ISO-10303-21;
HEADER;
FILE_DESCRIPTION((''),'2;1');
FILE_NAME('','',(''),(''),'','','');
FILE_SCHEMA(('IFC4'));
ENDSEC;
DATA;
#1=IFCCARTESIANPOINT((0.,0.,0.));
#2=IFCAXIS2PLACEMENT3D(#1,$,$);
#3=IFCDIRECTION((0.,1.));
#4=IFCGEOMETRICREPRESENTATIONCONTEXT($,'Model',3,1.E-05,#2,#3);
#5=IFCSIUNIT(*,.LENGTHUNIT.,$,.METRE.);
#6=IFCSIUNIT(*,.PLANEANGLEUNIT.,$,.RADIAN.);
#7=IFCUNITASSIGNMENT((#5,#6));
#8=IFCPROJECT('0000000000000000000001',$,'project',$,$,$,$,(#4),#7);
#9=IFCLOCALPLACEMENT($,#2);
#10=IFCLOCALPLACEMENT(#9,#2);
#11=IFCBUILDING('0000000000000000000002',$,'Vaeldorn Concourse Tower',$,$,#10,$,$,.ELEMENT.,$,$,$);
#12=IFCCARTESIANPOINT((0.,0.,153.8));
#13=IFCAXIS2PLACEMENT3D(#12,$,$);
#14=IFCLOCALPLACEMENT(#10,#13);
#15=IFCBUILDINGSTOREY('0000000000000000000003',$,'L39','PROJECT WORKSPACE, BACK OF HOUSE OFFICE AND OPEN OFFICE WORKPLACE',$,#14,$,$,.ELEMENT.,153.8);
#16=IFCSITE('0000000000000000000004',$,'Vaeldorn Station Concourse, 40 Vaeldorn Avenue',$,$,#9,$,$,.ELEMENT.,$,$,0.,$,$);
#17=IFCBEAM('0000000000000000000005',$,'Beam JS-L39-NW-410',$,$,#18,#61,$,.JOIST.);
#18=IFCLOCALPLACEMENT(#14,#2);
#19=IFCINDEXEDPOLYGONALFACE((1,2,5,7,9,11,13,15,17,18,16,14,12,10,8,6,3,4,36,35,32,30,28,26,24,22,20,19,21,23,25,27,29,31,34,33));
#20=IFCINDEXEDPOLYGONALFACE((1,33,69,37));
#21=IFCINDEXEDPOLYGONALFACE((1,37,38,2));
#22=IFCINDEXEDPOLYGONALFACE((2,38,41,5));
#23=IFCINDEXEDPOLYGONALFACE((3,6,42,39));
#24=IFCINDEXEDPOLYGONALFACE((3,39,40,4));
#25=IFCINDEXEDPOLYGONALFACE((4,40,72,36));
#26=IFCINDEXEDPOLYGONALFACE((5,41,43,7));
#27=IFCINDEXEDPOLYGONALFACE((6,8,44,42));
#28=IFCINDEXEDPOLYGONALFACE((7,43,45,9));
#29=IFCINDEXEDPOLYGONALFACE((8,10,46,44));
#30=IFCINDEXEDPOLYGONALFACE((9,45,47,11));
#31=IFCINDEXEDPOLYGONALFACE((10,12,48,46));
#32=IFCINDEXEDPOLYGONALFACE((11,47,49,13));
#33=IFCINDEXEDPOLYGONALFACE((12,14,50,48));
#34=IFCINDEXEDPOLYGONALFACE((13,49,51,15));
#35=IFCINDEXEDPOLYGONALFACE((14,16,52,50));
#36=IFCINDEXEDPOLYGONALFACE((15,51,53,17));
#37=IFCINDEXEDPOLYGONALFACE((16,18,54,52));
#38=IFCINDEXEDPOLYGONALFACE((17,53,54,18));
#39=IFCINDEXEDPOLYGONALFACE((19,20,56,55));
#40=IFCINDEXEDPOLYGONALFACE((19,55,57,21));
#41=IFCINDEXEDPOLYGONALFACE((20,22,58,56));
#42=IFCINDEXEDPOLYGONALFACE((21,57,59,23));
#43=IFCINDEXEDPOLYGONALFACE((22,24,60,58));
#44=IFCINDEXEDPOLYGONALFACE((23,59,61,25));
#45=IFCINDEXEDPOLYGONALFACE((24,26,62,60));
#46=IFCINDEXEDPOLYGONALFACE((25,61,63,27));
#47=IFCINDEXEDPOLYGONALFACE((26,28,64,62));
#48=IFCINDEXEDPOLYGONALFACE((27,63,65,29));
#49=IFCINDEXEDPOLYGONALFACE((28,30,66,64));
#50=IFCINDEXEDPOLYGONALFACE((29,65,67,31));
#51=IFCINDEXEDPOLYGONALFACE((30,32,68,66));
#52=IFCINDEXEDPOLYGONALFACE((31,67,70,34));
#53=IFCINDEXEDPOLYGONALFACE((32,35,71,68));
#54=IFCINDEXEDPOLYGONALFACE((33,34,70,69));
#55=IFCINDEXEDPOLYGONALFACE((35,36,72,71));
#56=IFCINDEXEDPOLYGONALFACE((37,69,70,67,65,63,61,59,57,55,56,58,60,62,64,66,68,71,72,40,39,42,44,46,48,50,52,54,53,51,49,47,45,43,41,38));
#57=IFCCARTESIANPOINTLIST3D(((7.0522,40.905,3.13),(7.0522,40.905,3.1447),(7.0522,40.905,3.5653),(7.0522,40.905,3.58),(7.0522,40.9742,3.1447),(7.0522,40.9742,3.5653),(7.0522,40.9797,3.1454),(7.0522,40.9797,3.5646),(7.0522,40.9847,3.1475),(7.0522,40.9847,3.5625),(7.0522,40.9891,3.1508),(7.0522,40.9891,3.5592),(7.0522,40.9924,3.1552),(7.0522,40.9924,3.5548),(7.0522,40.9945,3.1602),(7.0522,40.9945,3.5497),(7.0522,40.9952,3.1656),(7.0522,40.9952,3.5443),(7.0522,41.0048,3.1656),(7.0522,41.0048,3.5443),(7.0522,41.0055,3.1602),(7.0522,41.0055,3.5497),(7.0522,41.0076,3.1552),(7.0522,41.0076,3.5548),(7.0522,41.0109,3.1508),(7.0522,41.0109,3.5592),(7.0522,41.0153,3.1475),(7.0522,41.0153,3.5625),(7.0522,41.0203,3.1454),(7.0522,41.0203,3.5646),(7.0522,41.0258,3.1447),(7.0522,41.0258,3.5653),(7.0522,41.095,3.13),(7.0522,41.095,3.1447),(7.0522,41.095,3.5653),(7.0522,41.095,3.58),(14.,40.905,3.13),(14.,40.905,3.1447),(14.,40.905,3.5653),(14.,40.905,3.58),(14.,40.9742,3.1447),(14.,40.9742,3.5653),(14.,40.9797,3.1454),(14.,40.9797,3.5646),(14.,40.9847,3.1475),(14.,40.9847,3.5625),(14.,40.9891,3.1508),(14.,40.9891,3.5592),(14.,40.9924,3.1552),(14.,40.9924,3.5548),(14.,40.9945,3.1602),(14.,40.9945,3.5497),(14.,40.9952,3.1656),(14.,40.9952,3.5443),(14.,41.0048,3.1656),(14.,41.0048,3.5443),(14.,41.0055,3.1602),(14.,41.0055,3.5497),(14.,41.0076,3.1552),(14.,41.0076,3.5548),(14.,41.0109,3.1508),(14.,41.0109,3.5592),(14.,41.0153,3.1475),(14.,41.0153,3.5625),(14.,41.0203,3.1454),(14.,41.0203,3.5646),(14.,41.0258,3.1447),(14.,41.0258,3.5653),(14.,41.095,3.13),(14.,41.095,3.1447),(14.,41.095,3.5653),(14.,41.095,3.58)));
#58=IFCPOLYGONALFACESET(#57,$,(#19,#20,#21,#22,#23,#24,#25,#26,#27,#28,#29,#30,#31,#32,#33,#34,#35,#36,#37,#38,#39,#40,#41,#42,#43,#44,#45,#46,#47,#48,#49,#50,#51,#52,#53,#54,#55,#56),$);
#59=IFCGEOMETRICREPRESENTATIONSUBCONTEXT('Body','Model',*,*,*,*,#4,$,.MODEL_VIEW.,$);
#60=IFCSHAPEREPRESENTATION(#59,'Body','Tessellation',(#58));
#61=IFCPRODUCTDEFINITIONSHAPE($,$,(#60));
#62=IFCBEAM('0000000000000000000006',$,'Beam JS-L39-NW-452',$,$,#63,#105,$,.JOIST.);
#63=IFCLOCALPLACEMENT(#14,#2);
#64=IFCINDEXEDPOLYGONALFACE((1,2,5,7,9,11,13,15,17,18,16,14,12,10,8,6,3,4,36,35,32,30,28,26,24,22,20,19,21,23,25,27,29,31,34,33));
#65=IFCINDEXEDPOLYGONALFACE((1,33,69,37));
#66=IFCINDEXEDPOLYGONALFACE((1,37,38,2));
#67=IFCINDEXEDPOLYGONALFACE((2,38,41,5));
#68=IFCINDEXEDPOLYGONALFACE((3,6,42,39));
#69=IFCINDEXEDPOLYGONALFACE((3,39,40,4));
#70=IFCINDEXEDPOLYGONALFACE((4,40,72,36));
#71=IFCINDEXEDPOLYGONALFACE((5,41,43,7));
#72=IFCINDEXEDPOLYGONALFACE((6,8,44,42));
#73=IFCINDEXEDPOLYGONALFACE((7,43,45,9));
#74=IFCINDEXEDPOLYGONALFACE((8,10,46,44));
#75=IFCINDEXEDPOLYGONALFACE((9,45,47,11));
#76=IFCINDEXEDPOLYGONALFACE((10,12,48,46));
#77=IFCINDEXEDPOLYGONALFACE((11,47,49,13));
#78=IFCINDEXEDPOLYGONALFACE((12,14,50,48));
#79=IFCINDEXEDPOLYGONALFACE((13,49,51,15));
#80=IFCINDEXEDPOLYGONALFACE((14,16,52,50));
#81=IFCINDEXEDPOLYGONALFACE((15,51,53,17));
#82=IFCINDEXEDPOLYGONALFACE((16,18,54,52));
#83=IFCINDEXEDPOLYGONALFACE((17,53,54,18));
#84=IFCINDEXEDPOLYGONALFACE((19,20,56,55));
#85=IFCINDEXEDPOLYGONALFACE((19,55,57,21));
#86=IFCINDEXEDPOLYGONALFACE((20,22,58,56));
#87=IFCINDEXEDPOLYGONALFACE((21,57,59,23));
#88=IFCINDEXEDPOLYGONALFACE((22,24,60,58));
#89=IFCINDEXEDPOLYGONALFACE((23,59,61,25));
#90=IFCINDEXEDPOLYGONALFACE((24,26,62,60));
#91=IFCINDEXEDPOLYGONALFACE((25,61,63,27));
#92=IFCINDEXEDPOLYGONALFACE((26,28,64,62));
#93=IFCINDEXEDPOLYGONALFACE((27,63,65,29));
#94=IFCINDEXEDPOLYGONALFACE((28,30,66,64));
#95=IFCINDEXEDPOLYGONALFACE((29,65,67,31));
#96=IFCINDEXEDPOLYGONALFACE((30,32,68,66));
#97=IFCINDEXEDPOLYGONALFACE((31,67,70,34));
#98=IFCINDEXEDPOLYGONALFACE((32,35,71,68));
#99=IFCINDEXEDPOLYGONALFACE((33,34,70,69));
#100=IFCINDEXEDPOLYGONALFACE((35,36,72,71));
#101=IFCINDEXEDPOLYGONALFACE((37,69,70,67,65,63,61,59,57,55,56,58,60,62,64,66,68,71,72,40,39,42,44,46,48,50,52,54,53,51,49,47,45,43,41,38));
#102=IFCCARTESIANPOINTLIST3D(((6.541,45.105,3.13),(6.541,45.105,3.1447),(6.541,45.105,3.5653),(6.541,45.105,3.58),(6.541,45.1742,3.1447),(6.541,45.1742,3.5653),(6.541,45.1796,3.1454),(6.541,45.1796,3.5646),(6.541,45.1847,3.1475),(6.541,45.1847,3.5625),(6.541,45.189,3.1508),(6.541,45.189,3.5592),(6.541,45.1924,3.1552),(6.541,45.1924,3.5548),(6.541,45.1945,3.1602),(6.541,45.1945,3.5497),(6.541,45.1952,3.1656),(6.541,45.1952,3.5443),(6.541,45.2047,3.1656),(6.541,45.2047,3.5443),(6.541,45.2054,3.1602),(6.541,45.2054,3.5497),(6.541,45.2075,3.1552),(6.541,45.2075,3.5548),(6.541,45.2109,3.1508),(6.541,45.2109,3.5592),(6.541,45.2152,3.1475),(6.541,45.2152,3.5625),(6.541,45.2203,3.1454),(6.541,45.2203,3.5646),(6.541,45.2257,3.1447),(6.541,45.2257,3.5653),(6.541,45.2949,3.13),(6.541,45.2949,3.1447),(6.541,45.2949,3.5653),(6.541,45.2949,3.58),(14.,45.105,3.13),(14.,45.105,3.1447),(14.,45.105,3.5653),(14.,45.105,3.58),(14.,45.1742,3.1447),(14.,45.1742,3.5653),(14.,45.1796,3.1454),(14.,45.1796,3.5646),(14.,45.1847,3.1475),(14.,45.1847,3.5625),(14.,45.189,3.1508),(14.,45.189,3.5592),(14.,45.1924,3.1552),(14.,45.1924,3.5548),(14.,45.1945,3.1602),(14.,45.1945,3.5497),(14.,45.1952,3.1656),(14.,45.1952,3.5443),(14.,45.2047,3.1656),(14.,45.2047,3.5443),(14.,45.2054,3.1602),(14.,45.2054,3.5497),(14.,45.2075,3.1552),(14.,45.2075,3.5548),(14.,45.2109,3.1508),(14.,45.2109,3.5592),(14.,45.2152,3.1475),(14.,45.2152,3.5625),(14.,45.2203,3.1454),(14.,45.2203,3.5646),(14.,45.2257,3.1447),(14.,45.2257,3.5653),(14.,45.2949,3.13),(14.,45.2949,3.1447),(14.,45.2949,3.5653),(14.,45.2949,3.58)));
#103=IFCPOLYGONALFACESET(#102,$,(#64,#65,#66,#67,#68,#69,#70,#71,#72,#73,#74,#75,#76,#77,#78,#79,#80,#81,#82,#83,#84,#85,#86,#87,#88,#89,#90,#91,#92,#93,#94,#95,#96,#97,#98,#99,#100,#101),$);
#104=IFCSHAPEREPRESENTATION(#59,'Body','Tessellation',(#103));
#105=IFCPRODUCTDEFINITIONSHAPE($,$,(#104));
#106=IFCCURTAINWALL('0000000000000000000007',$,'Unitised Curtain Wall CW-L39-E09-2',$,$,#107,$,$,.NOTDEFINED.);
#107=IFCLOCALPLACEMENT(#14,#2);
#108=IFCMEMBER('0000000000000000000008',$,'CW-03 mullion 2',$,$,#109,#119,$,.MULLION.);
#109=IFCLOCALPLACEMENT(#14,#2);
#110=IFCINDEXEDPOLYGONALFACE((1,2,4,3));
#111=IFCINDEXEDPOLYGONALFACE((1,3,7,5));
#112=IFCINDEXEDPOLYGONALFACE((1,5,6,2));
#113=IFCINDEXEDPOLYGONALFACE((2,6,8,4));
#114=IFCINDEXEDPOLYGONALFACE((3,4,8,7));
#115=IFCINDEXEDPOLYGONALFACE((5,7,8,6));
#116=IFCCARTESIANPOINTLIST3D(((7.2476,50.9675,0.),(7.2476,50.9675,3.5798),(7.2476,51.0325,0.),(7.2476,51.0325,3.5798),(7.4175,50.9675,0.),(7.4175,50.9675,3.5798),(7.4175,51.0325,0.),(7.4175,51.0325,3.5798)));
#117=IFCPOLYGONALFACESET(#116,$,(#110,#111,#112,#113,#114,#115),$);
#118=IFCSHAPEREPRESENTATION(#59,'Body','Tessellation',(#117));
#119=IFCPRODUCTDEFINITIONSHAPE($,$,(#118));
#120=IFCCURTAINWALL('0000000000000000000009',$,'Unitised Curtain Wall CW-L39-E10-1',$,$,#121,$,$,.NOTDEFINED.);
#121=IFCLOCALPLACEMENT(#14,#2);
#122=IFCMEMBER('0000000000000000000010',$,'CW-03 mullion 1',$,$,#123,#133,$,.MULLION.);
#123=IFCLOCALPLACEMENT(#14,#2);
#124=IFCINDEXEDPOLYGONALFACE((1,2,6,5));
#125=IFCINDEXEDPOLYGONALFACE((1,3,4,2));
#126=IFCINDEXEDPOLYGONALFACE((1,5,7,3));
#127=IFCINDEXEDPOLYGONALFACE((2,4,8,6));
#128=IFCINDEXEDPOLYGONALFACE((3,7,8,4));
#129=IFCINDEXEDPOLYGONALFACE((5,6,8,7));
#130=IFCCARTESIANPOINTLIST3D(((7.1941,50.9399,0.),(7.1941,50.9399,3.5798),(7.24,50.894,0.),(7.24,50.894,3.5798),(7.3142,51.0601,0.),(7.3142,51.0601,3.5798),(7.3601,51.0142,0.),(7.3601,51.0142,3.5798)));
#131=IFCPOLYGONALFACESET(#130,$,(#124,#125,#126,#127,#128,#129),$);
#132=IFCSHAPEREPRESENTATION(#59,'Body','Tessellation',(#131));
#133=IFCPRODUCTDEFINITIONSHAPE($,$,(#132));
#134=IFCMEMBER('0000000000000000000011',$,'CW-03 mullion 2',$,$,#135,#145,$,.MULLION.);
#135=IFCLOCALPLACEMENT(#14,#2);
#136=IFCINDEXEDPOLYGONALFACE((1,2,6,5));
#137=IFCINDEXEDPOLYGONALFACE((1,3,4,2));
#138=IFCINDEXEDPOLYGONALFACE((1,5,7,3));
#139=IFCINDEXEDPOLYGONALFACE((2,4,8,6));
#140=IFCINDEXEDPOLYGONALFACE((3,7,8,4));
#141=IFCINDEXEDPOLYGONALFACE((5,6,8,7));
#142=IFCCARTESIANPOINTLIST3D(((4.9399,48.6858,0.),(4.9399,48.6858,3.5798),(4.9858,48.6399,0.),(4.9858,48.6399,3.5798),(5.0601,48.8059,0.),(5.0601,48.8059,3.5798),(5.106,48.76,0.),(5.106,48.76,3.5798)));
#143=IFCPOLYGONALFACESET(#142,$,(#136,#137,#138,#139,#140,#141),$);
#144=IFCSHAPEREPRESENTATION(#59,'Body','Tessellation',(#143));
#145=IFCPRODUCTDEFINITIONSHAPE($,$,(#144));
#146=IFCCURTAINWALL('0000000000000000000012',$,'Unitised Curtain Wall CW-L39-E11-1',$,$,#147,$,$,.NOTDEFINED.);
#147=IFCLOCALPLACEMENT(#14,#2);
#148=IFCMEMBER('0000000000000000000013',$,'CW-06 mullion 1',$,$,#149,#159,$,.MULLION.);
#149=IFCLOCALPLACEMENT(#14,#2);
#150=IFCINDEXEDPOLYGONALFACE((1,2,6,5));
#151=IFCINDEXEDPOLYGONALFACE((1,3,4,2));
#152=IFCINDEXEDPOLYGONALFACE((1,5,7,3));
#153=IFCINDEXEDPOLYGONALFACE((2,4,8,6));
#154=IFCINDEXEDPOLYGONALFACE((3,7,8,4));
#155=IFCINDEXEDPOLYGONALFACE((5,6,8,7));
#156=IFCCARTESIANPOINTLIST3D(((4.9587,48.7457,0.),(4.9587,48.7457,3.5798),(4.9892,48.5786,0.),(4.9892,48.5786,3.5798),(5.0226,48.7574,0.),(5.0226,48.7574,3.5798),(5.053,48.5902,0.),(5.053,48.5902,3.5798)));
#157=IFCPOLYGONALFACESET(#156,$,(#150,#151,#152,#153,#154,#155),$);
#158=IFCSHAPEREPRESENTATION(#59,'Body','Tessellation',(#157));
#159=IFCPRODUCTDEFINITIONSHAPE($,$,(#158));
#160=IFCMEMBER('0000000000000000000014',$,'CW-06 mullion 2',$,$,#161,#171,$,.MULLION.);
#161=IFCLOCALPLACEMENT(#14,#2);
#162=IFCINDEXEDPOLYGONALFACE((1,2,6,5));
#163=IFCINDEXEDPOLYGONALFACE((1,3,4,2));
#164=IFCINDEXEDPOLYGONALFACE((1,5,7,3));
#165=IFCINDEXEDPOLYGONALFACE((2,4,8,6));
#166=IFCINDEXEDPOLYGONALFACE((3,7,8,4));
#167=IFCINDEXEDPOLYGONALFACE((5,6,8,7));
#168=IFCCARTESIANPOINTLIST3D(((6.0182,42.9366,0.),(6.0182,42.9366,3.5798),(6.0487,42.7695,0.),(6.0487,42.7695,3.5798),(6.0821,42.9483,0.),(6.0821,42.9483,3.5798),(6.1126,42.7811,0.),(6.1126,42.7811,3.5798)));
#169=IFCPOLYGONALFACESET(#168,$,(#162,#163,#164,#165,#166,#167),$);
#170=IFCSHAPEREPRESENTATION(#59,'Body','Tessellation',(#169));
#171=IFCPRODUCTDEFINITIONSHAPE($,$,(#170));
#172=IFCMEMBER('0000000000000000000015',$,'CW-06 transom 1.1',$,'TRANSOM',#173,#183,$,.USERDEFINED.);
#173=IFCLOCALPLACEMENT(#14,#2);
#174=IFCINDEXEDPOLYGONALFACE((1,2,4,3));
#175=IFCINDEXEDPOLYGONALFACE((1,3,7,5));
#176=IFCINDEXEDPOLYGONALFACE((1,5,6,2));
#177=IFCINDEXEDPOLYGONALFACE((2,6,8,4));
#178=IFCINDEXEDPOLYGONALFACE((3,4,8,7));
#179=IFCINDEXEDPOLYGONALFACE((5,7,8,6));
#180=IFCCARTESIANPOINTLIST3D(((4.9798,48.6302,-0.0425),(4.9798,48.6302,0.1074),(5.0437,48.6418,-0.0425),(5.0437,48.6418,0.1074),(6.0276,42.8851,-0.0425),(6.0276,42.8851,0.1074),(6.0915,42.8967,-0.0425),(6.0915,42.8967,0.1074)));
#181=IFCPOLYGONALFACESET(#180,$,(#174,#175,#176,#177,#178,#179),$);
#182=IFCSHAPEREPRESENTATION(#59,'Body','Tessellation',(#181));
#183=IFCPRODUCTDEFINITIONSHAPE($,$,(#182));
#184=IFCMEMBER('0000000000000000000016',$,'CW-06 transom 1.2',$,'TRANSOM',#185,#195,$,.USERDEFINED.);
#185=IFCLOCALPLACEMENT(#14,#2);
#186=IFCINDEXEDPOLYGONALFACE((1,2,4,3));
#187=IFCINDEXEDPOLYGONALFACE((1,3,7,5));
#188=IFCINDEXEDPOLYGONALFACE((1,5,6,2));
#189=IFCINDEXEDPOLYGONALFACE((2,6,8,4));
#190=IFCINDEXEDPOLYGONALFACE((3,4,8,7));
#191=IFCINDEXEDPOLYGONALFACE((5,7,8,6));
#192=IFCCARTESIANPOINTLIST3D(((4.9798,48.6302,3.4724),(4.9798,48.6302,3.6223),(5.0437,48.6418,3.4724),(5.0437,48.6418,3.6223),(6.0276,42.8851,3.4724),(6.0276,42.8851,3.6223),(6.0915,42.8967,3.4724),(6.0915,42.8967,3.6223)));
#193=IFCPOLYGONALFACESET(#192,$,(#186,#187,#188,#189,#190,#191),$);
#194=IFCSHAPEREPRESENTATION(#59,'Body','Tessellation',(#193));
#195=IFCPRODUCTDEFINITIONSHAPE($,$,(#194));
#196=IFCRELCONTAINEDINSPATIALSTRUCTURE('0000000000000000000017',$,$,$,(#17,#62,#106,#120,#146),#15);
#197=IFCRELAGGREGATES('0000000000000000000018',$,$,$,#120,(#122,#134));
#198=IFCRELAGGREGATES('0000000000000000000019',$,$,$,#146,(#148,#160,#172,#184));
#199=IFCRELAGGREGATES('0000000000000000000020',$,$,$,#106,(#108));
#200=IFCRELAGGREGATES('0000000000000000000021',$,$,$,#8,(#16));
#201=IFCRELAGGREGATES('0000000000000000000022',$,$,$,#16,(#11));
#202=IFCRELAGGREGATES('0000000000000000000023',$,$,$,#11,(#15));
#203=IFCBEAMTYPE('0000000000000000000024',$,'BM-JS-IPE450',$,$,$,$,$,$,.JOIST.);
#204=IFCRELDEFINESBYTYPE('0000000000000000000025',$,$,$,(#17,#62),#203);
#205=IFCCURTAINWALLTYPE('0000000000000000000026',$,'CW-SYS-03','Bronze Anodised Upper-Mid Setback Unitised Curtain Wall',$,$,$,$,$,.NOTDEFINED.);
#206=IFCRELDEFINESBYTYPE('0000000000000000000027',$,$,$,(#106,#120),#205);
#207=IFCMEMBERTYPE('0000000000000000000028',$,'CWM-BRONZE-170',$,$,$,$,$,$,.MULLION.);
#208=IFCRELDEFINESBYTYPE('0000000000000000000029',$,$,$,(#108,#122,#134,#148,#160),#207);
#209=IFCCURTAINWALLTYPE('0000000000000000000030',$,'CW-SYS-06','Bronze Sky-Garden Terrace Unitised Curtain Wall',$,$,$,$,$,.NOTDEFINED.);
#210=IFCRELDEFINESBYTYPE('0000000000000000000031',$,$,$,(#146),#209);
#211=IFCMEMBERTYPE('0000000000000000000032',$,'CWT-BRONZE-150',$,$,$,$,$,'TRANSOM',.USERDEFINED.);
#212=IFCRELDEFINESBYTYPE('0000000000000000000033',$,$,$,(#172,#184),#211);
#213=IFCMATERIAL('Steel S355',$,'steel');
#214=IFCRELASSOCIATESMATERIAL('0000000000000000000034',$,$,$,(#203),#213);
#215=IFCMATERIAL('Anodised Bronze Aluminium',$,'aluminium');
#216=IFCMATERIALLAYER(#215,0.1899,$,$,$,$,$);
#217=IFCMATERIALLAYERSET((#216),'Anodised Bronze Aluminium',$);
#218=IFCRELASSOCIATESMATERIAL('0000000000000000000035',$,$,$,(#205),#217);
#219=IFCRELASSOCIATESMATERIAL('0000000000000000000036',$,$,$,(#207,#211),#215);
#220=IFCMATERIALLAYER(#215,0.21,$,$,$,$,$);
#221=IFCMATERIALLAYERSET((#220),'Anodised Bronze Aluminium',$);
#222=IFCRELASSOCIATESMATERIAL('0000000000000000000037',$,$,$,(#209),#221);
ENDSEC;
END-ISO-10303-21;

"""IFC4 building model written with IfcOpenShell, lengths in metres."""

from ifc_helpers import new_model, si_unit, direction, frame, origin, origin_2d, place, context, subcontext, project, spatial, rectangle, i_section, extrude, source, transform, mapped, material, layer, layer_set, material_profile, profile_set, type_object, element, aggregate, save


model = new_model("IFC4")

# Units and contexts
model_context = context("Model", 3, precision=1e-05, world=origin(), true_north=direction((0.0, 1.0)))
body_context = subcontext(model_context, "Body", "Model", "MODEL_VIEW")
ifc_project = project(units=[si_unit("LENGTHUNIT", "METRE"), si_unit("PLANEANGLEUNIT", "RADIAN")], contexts=[model_context])

# Site, building, storey
site_placement = place(None, origin())
site = spatial("IfcSite", under=ifc_project, at=site_placement, Name="Vaeldorn Station Concourse, 40 Vaeldorn Avenue", CompositionType="ELEMENT", RefElevation=0.0)
building_placement = place(site_placement, origin())
building = spatial("IfcBuilding", under=site, at=building_placement, Name="Vaeldorn Concourse Tower", CompositionType="ELEMENT")
storey_placement = place(building_placement, frame((0.0, 0.0, 153.8)))
storey = spatial("IfcBuildingStorey", under=building, at=storey_placement, Name="L39", Description="PROJECT WORKSPACE, BACK OF HOUSE OFFICE AND OPEN OFFICE WORKPLACE", CompositionType="ELEMENT", Elevation=153.8)

# Beams
ifc_material_1 = material(Name="Steel S355", Category="steel")
ifc_material_profile_1 = material_profile(ifc_material_1, i_section(OverallWidth=0.1899, OverallDepth=0.45, WebThickness=0.0095, FlangeThickness=0.0146, FilletRadius=0.021, at=origin_2d()), Name="IPE 450")
ifc_profile_set_1 = profile_set([ifc_material_profile_1], Name="Steel S355")
beam_type_1 = type_object("IfcBeamType", Name="BM-JS-IPE450", PredefinedType="JOIST", material=ifc_profile_set_1)
shared_shape_1 = source(origin(), body_context, "Body", "SweptSolid", [
    extrude(i_section(OverallWidth=0.1899, OverallDepth=0.45, WebThickness=0.0095, FlangeThickness=0.0146, FilletRadius=0.021, at=origin_2d()), origin(), (0.0, 0.0, 1.0), 6.9478),
])
beam_1_placement = place(storey_placement, frame((7.0522, 41.0, 3.355), z_axis=(1.0, 0.0, 0.0), x_axis=(0.0, 1.0, 0.0)))
element("IfcBeam", 1, at=beam_1_placement, inside=storey, type_object=beam_type_1, Name="Beam JS-L39-NW-410", PredefinedType="JOIST", context=body_context, shape_type="MappedRepresentation", body=[
    mapped(shared_shape_1, transform((0.0, 0.0, 0.0), scale=1.0)),
])
shared_shape_2 = source(origin(), body_context, "Body", "SweptSolid", [
    extrude(i_section(OverallWidth=0.1899, OverallDepth=0.45, WebThickness=0.0095, FlangeThickness=0.0146, FilletRadius=0.021, at=origin_2d()), origin(), (0.0, 0.0, 1.0), 7.459),
])
beam_2_placement = place(storey_placement, frame((6.541, 45.2, 3.355), z_axis=(1.0, 0.0, 0.0), x_axis=(0.0, 1.0, 0.0)))
element("IfcBeam", 2, at=beam_2_placement, inside=storey, type_object=beam_type_1, Name="Beam JS-L39-NW-452", PredefinedType="JOIST", context=body_context, shape_type="MappedRepresentation", body=[
    mapped(shared_shape_2, transform((0.0, 0.0, 0.0), scale=1.0)),
])

# Curtain wall, member
ifc_material_2 = material(Name="Anodised Bronze Aluminium", Category="aluminium")
ifc_layer_1 = layer(ifc_material_2, 0.1899)
ifc_layer_set_1 = layer_set([ifc_layer_1], Name="Anodised Bronze Aluminium")
curtain_wall_type_1 = type_object("IfcCurtainWallType", Name="CW-SYS-03", Description="Bronze Anodised Upper-Mid Setback Unitised Curtain Wall", PredefinedType="NOTDEFINED", material=ifc_layer_set_1)
curtain_wall_1_placement = place(storey_placement, origin())
curtain_wall_1 = element("IfcCurtainWall", 3, at=curtain_wall_1_placement, inside=storey, type_object=curtain_wall_type_1, Name="Unitised Curtain Wall CW-L39-E09-2", PredefinedType="NOTDEFINED")
ifc_material_profile_2 = material_profile(ifc_material_2, rectangle(XDim=0.0649, YDim=0.1699, at=origin_2d()), Name="CWM 65x170")
ifc_profile_set_2 = profile_set([ifc_material_profile_2], Name="Anodised Bronze Aluminium")
member_type_1 = type_object("IfcMemberType", Name="CWM-BRONZE-170", PredefinedType="MULLION", material=ifc_profile_set_2)
shared_shape_3 = source(origin(), body_context, "Body", "SweptSolid", [
    extrude(rectangle(XDim=0.0649, YDim=0.1699, at=origin_2d()), origin(), (0.0, 0.0, 1.0), 3.5798),
])
member_1_placement = place(storey_placement, frame((7.3325, 51.0, 0.0), z_axis=(0.0, 0.0, 1.0), x_axis=(0.0, -1.0, 0.0)))
member_1 = element("IfcMember", 4, at=member_1_placement, type_object=member_type_1, Name="CW-03 mullion 2", PredefinedType="MULLION", context=body_context, shape_type="MappedRepresentation", body=[
    mapped(shared_shape_3, transform((0.0, 0.0, 0.0), scale=1.0)),
])

# Curtain walls, members
curtain_wall_2_placement = place(storey_placement, origin())
curtain_wall_2 = element("IfcCurtainWall", 5, at=curtain_wall_2_placement, inside=storey, type_object=curtain_wall_type_1, Name="Unitised Curtain Wall CW-L39-E10-1", PredefinedType="NOTDEFINED")
member_2_placement = place(storey_placement, frame((7.2771, 50.9771, 0.0), z_axis=(0.0, 0.0, 1.0), x_axis=(0.707107, -0.707107, 0.0)))
member_2 = element("IfcMember", 6, at=member_2_placement, type_object=member_type_1, Name="CW-03 mullion 1", PredefinedType="MULLION", context=body_context, shape_type="MappedRepresentation", body=[
    mapped(shared_shape_3, transform((0.0, 0.0, 0.0), scale=1.0)),
])
member_3_placement = place(storey_placement, frame((5.0229, 48.7229, 0.0), z_axis=(0.0, 0.0, 1.0), x_axis=(0.707107, -0.707107, 0.0)))
member_3 = element("IfcMember", 7, at=member_3_placement, type_object=member_type_1, Name="CW-03 mullion 2", PredefinedType="MULLION", context=body_context, shape_type="MappedRepresentation", body=[
    mapped(shared_shape_3, transform((0.0, 0.0, 0.0), scale=1.0)),
])
ifc_layer_2 = layer(ifc_material_2, 0.21)
ifc_layer_set_2 = layer_set([ifc_layer_2], Name="Anodised Bronze Aluminium")
curtain_wall_type_2 = type_object("IfcCurtainWallType", Name="CW-SYS-06", Description="Bronze Sky-Garden Terrace Unitised Curtain Wall", PredefinedType="NOTDEFINED", material=ifc_layer_set_2)
curtain_wall_3_placement = place(storey_placement, origin())
curtain_wall_3 = element("IfcCurtainWall", 8, at=curtain_wall_3_placement, inside=storey, type_object=curtain_wall_type_2, Name="Unitised Curtain Wall CW-L39-E11-1", PredefinedType="NOTDEFINED")
member_4_placement = place(storey_placement, frame((5.0059, 48.668, 0.0), z_axis=(0.0, 0.0, 1.0), x_axis=(0.983767, 0.179448, 0.0)))
member_4 = element("IfcMember", 9, at=member_4_placement, type_object=member_type_1, Name="CW-06 mullion 1", PredefinedType="MULLION", context=body_context, shape_type="MappedRepresentation", body=[
    mapped(shared_shape_3, transform((0.0, 0.0, 0.0), scale=1.0)),
])
member_5_placement = place(storey_placement, frame((6.0654, 42.8589, 0.0), z_axis=(0.0, 0.0, 1.0), x_axis=(0.983767, 0.179448, 0.0)))
member_5 = element("IfcMember", 10, at=member_5_placement, type_object=member_type_1, Name="CW-06 mullion 2", PredefinedType="MULLION", context=body_context, shape_type="MappedRepresentation", body=[
    mapped(shared_shape_3, transform((0.0, 0.0, 0.0), scale=1.0)),
])
ifc_material_profile_3 = material_profile(ifc_material_2, rectangle(XDim=0.0649, YDim=0.1499, at=origin_2d()), Name="CWT 65x150")
ifc_profile_set_3 = profile_set([ifc_material_profile_3], Name="Anodised Bronze Aluminium")
member_type_2 = type_object("IfcMemberType", Name="CWT-BRONZE-150", ElementType="TRANSOM", PredefinedType="USERDEFINED", material=ifc_profile_set_3)
shared_shape_4 = source(origin(), body_context, "Body", "SweptSolid", [
    extrude(rectangle(XDim=0.0649, YDim=0.1499, at=origin_2d()), origin(), (0.0, 0.0, 1.0), 5.8398),
])
member_6_placement = place(storey_placement, frame((5.0117, 48.636, 0.0325), z_axis=(0.17943, -0.983771, 0.0), x_axis=(0.983771, 0.17943, 0.0)))
member_6 = element("IfcMember", 11, at=member_6_placement, type_object=member_type_2, Name="CW-06 transom 1.1", ObjectType="TRANSOM", PredefinedType="USERDEFINED", context=body_context, shape_type="MappedRepresentation", body=[
    mapped(shared_shape_4, transform((0.0, 0.0, 0.0), scale=1.0)),
])
member_7_placement = place(storey_placement, frame((5.0117, 48.636, 3.5474), z_axis=(0.17943, -0.983771, 0.0), x_axis=(0.983771, 0.17943, 0.0)))
member_7 = element("IfcMember", 12, at=member_7_placement, type_object=member_type_2, Name="CW-06 transom 1.2", ObjectType="TRANSOM", PredefinedType="USERDEFINED", context=body_context, shape_type="MappedRepresentation", body=[
    mapped(shared_shape_4, transform((0.0, 0.0, 0.0), scale=1.0)),
])

aggregate(curtain_wall_2, [member_2, member_3])
aggregate(curtain_wall_3, [member_4, member_5, member_6, member_7])
aggregate(curtain_wall_1, [member_1])

save(model, "model.ifc")
